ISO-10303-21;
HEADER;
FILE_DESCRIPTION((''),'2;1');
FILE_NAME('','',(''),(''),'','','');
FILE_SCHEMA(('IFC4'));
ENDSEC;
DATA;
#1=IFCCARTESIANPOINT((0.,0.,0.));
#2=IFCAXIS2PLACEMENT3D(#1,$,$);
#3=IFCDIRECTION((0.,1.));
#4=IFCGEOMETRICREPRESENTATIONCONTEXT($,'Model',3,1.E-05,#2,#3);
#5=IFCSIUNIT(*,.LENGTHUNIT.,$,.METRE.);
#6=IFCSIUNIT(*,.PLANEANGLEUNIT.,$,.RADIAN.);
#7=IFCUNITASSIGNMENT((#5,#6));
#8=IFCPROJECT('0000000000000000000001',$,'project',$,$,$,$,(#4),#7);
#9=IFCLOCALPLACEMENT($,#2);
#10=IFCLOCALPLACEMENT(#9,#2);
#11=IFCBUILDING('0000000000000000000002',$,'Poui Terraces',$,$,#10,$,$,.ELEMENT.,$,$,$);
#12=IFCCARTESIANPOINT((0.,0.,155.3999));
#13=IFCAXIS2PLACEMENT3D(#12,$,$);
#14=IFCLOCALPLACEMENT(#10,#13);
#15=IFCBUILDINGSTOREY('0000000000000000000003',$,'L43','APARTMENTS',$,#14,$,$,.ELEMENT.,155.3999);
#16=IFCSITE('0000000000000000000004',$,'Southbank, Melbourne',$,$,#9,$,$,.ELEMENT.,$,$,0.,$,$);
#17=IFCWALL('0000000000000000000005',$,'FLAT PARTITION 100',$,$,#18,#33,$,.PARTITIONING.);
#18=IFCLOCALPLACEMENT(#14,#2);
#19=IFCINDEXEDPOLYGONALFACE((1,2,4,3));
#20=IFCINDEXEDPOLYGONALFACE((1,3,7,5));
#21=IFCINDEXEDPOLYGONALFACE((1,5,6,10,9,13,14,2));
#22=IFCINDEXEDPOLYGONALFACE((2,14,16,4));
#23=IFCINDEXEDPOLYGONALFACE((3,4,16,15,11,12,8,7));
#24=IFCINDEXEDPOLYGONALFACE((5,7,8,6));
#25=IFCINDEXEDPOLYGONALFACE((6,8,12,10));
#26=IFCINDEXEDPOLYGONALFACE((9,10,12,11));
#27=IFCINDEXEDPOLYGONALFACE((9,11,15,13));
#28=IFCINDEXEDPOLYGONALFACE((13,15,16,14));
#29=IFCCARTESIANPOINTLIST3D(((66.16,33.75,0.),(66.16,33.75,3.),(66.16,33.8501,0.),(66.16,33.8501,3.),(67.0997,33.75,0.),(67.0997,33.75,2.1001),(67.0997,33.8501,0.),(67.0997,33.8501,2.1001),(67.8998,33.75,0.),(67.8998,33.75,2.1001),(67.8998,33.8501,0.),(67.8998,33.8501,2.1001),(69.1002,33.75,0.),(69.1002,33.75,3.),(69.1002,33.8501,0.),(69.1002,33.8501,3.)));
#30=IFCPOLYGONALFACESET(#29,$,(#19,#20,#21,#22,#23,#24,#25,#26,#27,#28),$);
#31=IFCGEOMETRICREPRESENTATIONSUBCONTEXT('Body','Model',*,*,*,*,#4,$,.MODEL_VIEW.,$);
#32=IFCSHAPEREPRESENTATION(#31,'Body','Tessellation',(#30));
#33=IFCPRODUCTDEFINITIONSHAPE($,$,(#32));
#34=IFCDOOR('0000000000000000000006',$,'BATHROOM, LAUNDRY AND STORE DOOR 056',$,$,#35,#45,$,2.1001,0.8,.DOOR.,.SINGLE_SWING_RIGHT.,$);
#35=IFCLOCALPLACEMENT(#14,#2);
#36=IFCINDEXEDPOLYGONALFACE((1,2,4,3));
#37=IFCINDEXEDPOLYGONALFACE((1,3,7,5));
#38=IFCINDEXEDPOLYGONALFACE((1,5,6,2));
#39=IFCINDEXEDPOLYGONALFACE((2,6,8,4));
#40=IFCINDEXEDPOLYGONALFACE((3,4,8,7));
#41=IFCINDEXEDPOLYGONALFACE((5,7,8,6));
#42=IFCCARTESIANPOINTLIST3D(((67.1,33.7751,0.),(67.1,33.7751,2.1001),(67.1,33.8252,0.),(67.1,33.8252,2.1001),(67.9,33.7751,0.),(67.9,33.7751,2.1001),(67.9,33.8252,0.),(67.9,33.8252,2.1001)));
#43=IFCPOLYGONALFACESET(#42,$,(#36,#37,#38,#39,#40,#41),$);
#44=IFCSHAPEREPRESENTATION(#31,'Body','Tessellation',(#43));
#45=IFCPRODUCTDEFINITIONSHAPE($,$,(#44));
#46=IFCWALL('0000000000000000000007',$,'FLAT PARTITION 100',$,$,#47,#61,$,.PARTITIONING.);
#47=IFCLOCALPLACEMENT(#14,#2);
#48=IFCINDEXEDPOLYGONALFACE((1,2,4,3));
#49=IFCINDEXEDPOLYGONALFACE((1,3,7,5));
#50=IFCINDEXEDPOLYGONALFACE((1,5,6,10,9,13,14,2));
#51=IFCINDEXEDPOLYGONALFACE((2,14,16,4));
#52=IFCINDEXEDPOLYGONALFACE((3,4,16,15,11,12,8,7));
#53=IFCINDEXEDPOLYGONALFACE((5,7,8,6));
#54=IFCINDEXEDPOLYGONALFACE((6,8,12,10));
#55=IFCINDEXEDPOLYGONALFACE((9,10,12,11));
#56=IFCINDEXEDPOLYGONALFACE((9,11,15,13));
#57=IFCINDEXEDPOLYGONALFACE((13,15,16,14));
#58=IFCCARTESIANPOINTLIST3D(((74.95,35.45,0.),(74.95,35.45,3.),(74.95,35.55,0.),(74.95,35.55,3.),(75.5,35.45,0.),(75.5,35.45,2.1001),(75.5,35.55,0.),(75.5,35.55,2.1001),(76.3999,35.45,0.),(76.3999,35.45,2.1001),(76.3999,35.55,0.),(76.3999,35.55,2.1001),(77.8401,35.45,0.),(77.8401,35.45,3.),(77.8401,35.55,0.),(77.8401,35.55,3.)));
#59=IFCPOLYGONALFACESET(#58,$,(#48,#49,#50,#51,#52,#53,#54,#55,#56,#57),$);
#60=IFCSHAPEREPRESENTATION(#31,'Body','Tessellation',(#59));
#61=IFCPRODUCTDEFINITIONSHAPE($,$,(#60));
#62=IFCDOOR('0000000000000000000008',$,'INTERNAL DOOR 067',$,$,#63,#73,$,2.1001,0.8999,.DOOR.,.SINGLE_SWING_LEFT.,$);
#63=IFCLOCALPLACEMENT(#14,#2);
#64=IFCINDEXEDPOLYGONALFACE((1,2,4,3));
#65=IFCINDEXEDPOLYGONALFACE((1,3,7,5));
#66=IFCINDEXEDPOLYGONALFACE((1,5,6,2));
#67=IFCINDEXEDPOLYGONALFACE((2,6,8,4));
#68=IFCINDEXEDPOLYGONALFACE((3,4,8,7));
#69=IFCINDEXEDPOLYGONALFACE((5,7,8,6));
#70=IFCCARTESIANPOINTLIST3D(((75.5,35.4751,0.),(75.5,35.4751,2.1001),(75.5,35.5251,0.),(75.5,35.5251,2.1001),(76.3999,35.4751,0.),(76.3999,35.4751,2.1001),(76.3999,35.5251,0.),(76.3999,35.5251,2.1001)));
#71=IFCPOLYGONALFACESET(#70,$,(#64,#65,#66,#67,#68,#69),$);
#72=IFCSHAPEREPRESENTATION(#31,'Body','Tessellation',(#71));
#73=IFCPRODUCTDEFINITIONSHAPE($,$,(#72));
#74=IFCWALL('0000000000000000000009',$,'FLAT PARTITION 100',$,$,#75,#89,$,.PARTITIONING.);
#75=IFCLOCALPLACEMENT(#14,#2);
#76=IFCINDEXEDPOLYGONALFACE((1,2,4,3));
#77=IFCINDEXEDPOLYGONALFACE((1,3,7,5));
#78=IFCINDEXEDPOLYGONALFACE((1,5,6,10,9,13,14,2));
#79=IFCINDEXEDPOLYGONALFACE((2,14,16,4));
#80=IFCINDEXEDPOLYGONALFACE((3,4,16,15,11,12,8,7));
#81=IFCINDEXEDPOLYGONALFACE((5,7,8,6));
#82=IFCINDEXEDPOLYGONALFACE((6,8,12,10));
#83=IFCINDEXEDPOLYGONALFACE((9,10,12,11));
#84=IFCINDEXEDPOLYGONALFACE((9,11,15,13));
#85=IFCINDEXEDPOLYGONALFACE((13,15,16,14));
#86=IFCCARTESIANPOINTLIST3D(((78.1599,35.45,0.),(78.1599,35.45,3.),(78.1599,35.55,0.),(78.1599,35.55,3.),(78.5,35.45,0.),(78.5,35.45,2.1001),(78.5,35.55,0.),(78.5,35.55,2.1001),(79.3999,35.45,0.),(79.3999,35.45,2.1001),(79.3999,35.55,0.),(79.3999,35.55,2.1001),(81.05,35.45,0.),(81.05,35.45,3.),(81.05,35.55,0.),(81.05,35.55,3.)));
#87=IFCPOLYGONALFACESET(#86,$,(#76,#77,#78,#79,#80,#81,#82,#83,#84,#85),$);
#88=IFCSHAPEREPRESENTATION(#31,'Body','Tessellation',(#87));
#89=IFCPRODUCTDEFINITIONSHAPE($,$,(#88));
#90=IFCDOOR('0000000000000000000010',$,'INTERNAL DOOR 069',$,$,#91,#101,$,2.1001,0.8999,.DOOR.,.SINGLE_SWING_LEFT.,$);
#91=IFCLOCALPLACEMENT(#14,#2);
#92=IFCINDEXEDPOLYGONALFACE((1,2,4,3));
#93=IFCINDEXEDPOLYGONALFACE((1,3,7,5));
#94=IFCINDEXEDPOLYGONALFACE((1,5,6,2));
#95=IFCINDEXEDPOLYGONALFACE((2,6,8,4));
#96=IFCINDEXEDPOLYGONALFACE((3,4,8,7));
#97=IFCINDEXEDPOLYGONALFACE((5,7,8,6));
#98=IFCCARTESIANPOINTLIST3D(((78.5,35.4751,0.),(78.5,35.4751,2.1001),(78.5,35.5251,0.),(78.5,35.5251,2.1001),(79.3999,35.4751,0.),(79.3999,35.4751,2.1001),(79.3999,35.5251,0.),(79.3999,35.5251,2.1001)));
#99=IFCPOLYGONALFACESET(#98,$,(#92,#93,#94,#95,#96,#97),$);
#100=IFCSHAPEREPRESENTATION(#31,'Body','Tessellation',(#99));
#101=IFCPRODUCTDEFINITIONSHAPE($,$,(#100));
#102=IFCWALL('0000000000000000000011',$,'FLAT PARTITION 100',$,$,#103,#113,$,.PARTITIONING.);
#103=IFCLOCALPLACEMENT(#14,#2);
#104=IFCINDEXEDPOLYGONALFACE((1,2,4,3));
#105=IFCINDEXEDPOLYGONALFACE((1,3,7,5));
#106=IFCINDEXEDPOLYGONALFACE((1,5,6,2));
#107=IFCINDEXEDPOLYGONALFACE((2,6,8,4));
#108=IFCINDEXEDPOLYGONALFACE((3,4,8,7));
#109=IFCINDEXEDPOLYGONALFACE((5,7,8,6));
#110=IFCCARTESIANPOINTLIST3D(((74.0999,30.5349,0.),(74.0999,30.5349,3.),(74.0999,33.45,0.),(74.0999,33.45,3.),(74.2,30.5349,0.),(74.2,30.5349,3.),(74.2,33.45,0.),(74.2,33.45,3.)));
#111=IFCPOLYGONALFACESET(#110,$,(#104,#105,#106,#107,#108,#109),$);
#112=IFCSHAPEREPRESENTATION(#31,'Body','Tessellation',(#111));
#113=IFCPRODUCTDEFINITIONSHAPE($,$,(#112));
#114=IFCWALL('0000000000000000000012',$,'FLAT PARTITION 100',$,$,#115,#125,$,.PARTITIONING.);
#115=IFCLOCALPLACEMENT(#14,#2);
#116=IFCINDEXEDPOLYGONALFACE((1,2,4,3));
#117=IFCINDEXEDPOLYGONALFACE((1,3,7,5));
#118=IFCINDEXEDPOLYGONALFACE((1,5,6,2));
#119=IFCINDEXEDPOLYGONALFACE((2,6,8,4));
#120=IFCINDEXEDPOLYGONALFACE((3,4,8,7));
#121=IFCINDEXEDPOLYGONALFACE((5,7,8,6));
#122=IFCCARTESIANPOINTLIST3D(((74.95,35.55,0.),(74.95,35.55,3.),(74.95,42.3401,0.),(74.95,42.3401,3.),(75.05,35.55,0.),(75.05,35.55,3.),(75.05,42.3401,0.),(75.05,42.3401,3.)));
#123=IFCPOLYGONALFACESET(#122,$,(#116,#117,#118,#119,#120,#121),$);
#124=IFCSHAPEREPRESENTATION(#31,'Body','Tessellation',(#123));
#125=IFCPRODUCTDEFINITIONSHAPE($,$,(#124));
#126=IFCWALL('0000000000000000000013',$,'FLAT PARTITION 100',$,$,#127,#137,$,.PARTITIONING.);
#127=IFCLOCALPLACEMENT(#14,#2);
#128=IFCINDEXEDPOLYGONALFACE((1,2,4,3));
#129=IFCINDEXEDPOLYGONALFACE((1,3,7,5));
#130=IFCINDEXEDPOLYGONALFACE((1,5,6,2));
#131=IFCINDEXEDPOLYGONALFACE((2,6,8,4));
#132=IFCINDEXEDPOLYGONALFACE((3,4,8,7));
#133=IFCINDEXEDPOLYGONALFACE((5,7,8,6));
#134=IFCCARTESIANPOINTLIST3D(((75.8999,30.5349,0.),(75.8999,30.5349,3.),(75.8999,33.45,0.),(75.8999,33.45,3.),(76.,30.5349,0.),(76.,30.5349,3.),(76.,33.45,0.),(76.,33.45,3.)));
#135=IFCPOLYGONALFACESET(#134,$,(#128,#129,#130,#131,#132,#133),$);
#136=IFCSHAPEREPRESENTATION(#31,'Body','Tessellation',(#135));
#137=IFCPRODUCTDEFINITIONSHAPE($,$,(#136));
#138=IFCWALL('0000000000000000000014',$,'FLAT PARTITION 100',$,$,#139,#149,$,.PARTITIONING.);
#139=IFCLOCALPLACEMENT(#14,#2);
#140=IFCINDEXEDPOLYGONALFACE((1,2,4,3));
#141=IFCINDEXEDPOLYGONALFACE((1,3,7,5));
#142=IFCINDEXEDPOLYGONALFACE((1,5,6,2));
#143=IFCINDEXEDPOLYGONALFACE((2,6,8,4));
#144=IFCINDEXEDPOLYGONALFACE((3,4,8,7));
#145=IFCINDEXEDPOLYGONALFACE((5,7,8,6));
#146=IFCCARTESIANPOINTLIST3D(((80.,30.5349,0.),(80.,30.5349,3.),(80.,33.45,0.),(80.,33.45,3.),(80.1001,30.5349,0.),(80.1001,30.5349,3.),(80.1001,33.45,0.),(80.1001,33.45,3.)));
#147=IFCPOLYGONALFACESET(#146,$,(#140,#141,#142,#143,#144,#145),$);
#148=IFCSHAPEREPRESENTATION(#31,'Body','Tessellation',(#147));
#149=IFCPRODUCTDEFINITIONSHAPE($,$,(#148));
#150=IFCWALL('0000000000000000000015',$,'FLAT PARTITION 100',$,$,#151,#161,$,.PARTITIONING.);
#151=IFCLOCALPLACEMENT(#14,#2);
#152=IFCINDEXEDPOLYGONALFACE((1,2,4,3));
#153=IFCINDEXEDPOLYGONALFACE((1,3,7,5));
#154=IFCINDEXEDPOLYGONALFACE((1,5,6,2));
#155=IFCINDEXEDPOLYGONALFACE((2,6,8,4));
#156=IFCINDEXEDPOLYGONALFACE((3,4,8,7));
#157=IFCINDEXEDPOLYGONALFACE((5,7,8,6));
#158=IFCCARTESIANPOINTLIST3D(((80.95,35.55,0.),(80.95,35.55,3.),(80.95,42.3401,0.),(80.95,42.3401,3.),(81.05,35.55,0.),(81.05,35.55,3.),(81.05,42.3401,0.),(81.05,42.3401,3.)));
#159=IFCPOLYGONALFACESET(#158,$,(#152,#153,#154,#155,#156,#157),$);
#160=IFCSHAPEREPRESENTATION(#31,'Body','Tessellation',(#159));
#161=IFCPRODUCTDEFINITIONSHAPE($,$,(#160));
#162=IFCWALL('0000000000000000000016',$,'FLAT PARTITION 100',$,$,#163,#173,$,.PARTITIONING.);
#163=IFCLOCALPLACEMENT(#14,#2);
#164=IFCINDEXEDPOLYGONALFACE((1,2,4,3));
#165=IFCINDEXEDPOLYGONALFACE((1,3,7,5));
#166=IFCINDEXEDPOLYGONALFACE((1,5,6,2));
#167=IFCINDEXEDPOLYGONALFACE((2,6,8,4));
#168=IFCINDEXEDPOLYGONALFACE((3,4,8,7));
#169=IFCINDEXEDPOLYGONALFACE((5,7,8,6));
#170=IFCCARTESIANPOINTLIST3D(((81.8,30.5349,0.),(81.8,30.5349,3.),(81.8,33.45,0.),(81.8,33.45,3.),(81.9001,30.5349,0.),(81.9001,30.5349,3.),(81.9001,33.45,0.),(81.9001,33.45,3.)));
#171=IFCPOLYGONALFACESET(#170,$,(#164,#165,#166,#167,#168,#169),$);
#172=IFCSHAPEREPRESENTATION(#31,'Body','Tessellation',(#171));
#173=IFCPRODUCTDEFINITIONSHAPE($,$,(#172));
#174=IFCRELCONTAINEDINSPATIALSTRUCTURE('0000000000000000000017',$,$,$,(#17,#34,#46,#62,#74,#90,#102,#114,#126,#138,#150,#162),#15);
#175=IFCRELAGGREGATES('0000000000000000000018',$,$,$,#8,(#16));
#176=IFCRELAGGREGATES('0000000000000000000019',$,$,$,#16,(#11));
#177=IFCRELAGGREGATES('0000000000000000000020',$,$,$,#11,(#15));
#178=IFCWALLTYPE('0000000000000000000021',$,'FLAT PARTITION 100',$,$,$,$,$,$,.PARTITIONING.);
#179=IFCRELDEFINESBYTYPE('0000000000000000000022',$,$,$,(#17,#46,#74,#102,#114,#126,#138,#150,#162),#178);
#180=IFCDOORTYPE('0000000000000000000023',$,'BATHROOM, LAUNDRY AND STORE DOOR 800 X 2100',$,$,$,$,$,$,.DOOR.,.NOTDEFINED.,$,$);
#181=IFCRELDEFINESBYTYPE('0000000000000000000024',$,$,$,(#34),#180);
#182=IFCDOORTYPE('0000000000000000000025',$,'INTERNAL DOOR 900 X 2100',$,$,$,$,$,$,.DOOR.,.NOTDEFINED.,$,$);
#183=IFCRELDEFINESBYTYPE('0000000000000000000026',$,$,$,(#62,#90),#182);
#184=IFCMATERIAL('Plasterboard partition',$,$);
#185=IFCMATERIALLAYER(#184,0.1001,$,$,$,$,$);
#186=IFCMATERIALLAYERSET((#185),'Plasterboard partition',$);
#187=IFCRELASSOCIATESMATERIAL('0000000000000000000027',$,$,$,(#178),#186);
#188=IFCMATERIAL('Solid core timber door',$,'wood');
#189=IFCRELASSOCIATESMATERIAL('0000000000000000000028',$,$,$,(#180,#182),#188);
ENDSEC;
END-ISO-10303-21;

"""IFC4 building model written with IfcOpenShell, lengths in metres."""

from ifc_helpers import new_model, si_unit, direction, frame, frame_2d, origin, place, context, subcontext, project, spatial, rectangle, extrude, material, layer, layer_set, type_object, element, fill, save


model = new_model("IFC4")

# Units and contexts
model_context = context("Model", 3, precision=1e-05, world=origin(), true_north=direction((0.0, 1.0)))
body_context = subcontext(model_context, "Body", "Model", "MODEL_VIEW")
ifc_project = project(units=[si_unit("LENGTHUNIT", "METRE"), si_unit("PLANEANGLEUNIT", "RADIAN")], contexts=[model_context])

# Site, building, storey
site_placement = place(None, origin())
site = spatial("IfcSite", under=ifc_project, at=site_placement, Name="Southbank, Melbourne", CompositionType="ELEMENT", RefElevation=0.0)
building_placement = place(site_placement, origin())
building = spatial("IfcBuilding", under=site, at=building_placement, Name="Poui Terraces", CompositionType="ELEMENT")
storey_placement = place(building_placement, frame((0.0, 0.0, 155.3999)))
storey = spatial("IfcBuildingStorey", under=building, at=storey_placement, Name="L43", Description="APARTMENTS", CompositionType="ELEMENT", Elevation=155.3999)

# Walls, openings, doors
ifc_material_1 = material(Name="Plasterboard partition")
ifc_layer_1 = layer(ifc_material_1, 0.1001)
ifc_layer_set_1 = layer_set([ifc_layer_1], Name="Plasterboard partition")
wall_type_1 = type_object("IfcWallType", Name="FLAT PARTITION 100", PredefinedType="PARTITIONING", material=ifc_layer_set_1)
ifc_material_2 = material(Name="Solid core timber door", Category="wood")
door_type_1 = type_object("IfcDoorType", Name="BATHROOM, LAUNDRY AND STORE DOOR 800 X 2100", OperationType="NOTDEFINED", PredefinedType="DOOR", material=ifc_material_2)
door_type_2 = type_object("IfcDoorType", Name="INTERNAL DOOR 900 X 2100", OperationType="NOTDEFINED", PredefinedType="DOOR", material=ifc_material_2)
wall_1_placement = place(storey_placement, frame((66.1599, 33.8, 0.0), z_axis=(0.0, 0.0, 1.0), x_axis=(1.0, 0.0, 0.0)))
wall_1 = element("IfcWall", 1, at=wall_1_placement, inside=storey, type_object=wall_type_1, Name="FLAT PARTITION 100", PredefinedType="PARTITIONING", context=body_context, shape_type="SweptSolid", body=[
    extrude(rectangle(XDim=2.9402, YDim=0.1001, at=frame_2d((1.4702, 0.0))), origin(), (0.0, 0.0, 1.0), 3.0),
])
opening_1_placement = place(wall_1_placement, frame((0.9399, 0.0, 0.0)))
opening_1 = element("IfcOpeningElement", 2, at=opening_1_placement, cuts=wall_1, PredefinedType="OPENING", context=body_context, shape_type="SweptSolid", body=[
    extrude(rectangle(XDim=0.8, YDim=2.1001, at=frame_2d((0.3999, 1.05))), frame((0.0, 0.0601, 0.0), z_axis=(0.0, -1.0, 0.0), x_axis=(1.0, 0.0, 0.0)), (0.0, 0.0, 1.0), 0.1201),
])
door_1_placement = place(opening_1_placement, frame((0.8, 0.0, 0.0), z_axis=(0.0, 0.0, 1.0), x_axis=(-1.0, 0.0, 0.0)))
door_1 = element("IfcDoor", 3, at=door_1_placement, inside=storey, type_object=door_type_1, Name="BATHROOM, LAUNDRY AND STORE DOOR 056", OperationType="SINGLE_SWING_RIGHT", OverallHeight=2.1001, OverallWidth=0.8, PredefinedType="DOOR", context=body_context, shape_type="SweptSolid", body=[
    extrude(rectangle(XDim=0.8, YDim=2.1001, at=frame_2d((0.3999, 1.05))), frame((0.0, 0.0249, 0.0), z_axis=(0.0, -1.0, 0.0), x_axis=(1.0, 0.0, 0.0)), (0.0, 0.0, 1.0), 0.05),
])
fill(opening_1, door_1)
wall_2_placement = place(storey_placement, frame((74.95, 35.5, 0.0), z_axis=(0.0, 0.0, 1.0), x_axis=(1.0, 0.0, 0.0)))
wall_2 = element("IfcWall", 4, at=wall_2_placement, inside=storey, type_object=wall_type_1, Name="FLAT PARTITION 100", PredefinedType="PARTITIONING", context=body_context, shape_type="SweptSolid", body=[
    extrude(rectangle(XDim=2.8901, YDim=0.1001, at=frame_2d((1.4451, 0.0))), origin(), (0.0, 0.0, 1.0), 3.0),
])
opening_2_placement = place(wall_2_placement, frame((0.55, 0.0, 0.0)))
opening_2 = element("IfcOpeningElement", 5, at=opening_2_placement, cuts=wall_2, PredefinedType="OPENING", context=body_context, shape_type="SweptSolid", body=[
    extrude(rectangle(XDim=0.8999, YDim=2.1001, at=frame_2d((0.45, 1.05))), frame((0.0, 0.0601, 0.0), z_axis=(0.0, -1.0, 0.0), x_axis=(1.0, 0.0, 0.0)), (0.0, 0.0, 1.0), 0.1201),
])
door_2_placement = place(opening_2_placement, frame((0.8999, 0.0, 0.0), z_axis=(0.0, 0.0, 1.0), x_axis=(-1.0, 0.0, 0.0)))
door_2 = element("IfcDoor", 6, at=door_2_placement, inside=storey, type_object=door_type_2, Name="INTERNAL DOOR 067", OperationType="SINGLE_SWING_LEFT", OverallHeight=2.1001, OverallWidth=0.8999, PredefinedType="DOOR", context=body_context, shape_type="SweptSolid", body=[
    extrude(rectangle(XDim=0.8999, YDim=2.1001, at=frame_2d((0.45, 1.05))), frame((0.0, 0.0249, 0.0), z_axis=(0.0, -1.0, 0.0), x_axis=(1.0, 0.0, 0.0)), (0.0, 0.0, 1.0), 0.05),
])
fill(opening_2, door_2)
wall_3_placement = place(storey_placement, frame((78.1599, 35.5, 0.0), z_axis=(0.0, 0.0, 1.0), x_axis=(1.0, 0.0, 0.0)))
wall_3 = element("IfcWall", 7, at=wall_3_placement, inside=storey, type_object=wall_type_1, Name="FLAT PARTITION 100", PredefinedType="PARTITIONING", context=body_context, shape_type="SweptSolid", body=[
    extrude(rectangle(XDim=2.8901, YDim=0.1001, at=frame_2d((1.4451, 0.0))), origin(), (0.0, 0.0, 1.0), 3.0),
])
opening_3_placement = place(wall_3_placement, frame((0.3401, 0.0, 0.0)))
opening_3 = element("IfcOpeningElement", 8, at=opening_3_placement, cuts=wall_3, PredefinedType="OPENING", context=body_context, shape_type="SweptSolid", body=[
    extrude(rectangle(XDim=0.8999, YDim=2.1001, at=frame_2d((0.45, 1.05))), frame((0.0, 0.0601, 0.0), z_axis=(0.0, -1.0, 0.0), x_axis=(1.0, 0.0, 0.0)), (0.0, 0.0, 1.0), 0.1201),
])
door_3_placement = place(opening_3_placement, frame((0.8999, 0.0, 0.0), z_axis=(0.0, 0.0, 1.0), x_axis=(-1.0, 0.0, 0.0)))
door_3 = element("IfcDoor", 9, at=door_3_placement, inside=storey, type_object=door_type_2, Name="INTERNAL DOOR 069", OperationType="SINGLE_SWING_LEFT", OverallHeight=2.1001, OverallWidth=0.8999, PredefinedType="DOOR", context=body_context, shape_type="SweptSolid", body=[
    extrude(rectangle(XDim=0.8999, YDim=2.1001, at=frame_2d((0.45, 1.05))), frame((0.0, 0.0249, 0.0), z_axis=(0.0, -1.0, 0.0), x_axis=(1.0, 0.0, 0.0)), (0.0, 0.0, 1.0), 0.05),
])
fill(opening_3, door_3)

# Walls
wall_4_placement = place(storey_placement, frame((74.1499, 30.5349, 0.0), z_axis=(0.0, 0.0, 1.0), x_axis=(0.0, 1.0, 0.0)))
element("IfcWall", 10, at=wall_4_placement, inside=storey, type_object=wall_type_1, Name="FLAT PARTITION 100", PredefinedType="PARTITIONING", context=body_context, shape_type="SweptSolid", body=[
    extrude(rectangle(XDim=2.915, YDim=0.1001, at=frame_2d((1.4575, 0.0))), origin(), (0.0, 0.0, 1.0), 3.0),
])
wall_5_placement = place(storey_placement, frame((75.0, 35.55, 0.0), z_axis=(0.0, 0.0, 1.0), x_axis=(0.0, 1.0, 0.0)))
element("IfcWall", 11, at=wall_5_placement, inside=storey, type_object=wall_type_1, Name="FLAT PARTITION 100", PredefinedType="PARTITIONING", context=body_context, shape_type="SweptSolid", body=[
    extrude(rectangle(XDim=6.79, YDim=0.1001, at=frame_2d((3.395, 0.0))), origin(), (0.0, 0.0, 1.0), 3.0),
])
for number, where, z_axis, x_axis, name in (
    (12, (75.95, 30.5349, 0.0), (0.0, 0.0, 1.0), (0.0, 1.0, 0.0), "FLAT PARTITION 100"),
    (13, (80.05, 30.5349, 0.0), (0.0, 0.0, 1.0), (0.0, 1.0, 0.0), "FLAT PARTITION 100"),
):
    element("IfcWall", number, at=place(storey_placement, frame(where, z_axis=z_axis, x_axis=x_axis)), inside=storey, type_object=wall_type_1, Name=name, PredefinedType="PARTITIONING", context=body_context, shape_type="SweptSolid", body=[
        extrude(rectangle(XDim=2.915, YDim=0.1001, at=frame_2d((1.4575, 0.0))), origin(), (0.0, 0.0, 1.0), 3.0),
    ])
wall_6_placement = place(storey_placement, frame((81.0, 35.55, 0.0), z_axis=(0.0, 0.0, 1.0), x_axis=(0.0, 1.0, 0.0)))
element("IfcWall", 14, at=wall_6_placement, inside=storey, type_object=wall_type_1, Name="FLAT PARTITION 100", PredefinedType="PARTITIONING", context=body_context, shape_type="SweptSolid", body=[
    extrude(rectangle(XDim=6.79, YDim=0.1001, at=frame_2d((3.395, 0.0))), origin(), (0.0, 0.0, 1.0), 3.0),
])
wall_7_placement = place(storey_placement, frame((81.8501, 30.5349, 0.0), z_axis=(0.0, 0.0, 1.0), x_axis=(0.0, 1.0, 0.0)))
element("IfcWall", 15, at=wall_7_placement, inside=storey, type_object=wall_type_1, Name="FLAT PARTITION 100", PredefinedType="PARTITIONING", context=body_context, shape_type="SweptSolid", body=[
    extrude(rectangle(XDim=2.915, YDim=0.1001, at=frame_2d((1.4575, 0.0))), origin(), (0.0, 0.0, 1.0), 3.0),
])

save(model, "model.ifc")
